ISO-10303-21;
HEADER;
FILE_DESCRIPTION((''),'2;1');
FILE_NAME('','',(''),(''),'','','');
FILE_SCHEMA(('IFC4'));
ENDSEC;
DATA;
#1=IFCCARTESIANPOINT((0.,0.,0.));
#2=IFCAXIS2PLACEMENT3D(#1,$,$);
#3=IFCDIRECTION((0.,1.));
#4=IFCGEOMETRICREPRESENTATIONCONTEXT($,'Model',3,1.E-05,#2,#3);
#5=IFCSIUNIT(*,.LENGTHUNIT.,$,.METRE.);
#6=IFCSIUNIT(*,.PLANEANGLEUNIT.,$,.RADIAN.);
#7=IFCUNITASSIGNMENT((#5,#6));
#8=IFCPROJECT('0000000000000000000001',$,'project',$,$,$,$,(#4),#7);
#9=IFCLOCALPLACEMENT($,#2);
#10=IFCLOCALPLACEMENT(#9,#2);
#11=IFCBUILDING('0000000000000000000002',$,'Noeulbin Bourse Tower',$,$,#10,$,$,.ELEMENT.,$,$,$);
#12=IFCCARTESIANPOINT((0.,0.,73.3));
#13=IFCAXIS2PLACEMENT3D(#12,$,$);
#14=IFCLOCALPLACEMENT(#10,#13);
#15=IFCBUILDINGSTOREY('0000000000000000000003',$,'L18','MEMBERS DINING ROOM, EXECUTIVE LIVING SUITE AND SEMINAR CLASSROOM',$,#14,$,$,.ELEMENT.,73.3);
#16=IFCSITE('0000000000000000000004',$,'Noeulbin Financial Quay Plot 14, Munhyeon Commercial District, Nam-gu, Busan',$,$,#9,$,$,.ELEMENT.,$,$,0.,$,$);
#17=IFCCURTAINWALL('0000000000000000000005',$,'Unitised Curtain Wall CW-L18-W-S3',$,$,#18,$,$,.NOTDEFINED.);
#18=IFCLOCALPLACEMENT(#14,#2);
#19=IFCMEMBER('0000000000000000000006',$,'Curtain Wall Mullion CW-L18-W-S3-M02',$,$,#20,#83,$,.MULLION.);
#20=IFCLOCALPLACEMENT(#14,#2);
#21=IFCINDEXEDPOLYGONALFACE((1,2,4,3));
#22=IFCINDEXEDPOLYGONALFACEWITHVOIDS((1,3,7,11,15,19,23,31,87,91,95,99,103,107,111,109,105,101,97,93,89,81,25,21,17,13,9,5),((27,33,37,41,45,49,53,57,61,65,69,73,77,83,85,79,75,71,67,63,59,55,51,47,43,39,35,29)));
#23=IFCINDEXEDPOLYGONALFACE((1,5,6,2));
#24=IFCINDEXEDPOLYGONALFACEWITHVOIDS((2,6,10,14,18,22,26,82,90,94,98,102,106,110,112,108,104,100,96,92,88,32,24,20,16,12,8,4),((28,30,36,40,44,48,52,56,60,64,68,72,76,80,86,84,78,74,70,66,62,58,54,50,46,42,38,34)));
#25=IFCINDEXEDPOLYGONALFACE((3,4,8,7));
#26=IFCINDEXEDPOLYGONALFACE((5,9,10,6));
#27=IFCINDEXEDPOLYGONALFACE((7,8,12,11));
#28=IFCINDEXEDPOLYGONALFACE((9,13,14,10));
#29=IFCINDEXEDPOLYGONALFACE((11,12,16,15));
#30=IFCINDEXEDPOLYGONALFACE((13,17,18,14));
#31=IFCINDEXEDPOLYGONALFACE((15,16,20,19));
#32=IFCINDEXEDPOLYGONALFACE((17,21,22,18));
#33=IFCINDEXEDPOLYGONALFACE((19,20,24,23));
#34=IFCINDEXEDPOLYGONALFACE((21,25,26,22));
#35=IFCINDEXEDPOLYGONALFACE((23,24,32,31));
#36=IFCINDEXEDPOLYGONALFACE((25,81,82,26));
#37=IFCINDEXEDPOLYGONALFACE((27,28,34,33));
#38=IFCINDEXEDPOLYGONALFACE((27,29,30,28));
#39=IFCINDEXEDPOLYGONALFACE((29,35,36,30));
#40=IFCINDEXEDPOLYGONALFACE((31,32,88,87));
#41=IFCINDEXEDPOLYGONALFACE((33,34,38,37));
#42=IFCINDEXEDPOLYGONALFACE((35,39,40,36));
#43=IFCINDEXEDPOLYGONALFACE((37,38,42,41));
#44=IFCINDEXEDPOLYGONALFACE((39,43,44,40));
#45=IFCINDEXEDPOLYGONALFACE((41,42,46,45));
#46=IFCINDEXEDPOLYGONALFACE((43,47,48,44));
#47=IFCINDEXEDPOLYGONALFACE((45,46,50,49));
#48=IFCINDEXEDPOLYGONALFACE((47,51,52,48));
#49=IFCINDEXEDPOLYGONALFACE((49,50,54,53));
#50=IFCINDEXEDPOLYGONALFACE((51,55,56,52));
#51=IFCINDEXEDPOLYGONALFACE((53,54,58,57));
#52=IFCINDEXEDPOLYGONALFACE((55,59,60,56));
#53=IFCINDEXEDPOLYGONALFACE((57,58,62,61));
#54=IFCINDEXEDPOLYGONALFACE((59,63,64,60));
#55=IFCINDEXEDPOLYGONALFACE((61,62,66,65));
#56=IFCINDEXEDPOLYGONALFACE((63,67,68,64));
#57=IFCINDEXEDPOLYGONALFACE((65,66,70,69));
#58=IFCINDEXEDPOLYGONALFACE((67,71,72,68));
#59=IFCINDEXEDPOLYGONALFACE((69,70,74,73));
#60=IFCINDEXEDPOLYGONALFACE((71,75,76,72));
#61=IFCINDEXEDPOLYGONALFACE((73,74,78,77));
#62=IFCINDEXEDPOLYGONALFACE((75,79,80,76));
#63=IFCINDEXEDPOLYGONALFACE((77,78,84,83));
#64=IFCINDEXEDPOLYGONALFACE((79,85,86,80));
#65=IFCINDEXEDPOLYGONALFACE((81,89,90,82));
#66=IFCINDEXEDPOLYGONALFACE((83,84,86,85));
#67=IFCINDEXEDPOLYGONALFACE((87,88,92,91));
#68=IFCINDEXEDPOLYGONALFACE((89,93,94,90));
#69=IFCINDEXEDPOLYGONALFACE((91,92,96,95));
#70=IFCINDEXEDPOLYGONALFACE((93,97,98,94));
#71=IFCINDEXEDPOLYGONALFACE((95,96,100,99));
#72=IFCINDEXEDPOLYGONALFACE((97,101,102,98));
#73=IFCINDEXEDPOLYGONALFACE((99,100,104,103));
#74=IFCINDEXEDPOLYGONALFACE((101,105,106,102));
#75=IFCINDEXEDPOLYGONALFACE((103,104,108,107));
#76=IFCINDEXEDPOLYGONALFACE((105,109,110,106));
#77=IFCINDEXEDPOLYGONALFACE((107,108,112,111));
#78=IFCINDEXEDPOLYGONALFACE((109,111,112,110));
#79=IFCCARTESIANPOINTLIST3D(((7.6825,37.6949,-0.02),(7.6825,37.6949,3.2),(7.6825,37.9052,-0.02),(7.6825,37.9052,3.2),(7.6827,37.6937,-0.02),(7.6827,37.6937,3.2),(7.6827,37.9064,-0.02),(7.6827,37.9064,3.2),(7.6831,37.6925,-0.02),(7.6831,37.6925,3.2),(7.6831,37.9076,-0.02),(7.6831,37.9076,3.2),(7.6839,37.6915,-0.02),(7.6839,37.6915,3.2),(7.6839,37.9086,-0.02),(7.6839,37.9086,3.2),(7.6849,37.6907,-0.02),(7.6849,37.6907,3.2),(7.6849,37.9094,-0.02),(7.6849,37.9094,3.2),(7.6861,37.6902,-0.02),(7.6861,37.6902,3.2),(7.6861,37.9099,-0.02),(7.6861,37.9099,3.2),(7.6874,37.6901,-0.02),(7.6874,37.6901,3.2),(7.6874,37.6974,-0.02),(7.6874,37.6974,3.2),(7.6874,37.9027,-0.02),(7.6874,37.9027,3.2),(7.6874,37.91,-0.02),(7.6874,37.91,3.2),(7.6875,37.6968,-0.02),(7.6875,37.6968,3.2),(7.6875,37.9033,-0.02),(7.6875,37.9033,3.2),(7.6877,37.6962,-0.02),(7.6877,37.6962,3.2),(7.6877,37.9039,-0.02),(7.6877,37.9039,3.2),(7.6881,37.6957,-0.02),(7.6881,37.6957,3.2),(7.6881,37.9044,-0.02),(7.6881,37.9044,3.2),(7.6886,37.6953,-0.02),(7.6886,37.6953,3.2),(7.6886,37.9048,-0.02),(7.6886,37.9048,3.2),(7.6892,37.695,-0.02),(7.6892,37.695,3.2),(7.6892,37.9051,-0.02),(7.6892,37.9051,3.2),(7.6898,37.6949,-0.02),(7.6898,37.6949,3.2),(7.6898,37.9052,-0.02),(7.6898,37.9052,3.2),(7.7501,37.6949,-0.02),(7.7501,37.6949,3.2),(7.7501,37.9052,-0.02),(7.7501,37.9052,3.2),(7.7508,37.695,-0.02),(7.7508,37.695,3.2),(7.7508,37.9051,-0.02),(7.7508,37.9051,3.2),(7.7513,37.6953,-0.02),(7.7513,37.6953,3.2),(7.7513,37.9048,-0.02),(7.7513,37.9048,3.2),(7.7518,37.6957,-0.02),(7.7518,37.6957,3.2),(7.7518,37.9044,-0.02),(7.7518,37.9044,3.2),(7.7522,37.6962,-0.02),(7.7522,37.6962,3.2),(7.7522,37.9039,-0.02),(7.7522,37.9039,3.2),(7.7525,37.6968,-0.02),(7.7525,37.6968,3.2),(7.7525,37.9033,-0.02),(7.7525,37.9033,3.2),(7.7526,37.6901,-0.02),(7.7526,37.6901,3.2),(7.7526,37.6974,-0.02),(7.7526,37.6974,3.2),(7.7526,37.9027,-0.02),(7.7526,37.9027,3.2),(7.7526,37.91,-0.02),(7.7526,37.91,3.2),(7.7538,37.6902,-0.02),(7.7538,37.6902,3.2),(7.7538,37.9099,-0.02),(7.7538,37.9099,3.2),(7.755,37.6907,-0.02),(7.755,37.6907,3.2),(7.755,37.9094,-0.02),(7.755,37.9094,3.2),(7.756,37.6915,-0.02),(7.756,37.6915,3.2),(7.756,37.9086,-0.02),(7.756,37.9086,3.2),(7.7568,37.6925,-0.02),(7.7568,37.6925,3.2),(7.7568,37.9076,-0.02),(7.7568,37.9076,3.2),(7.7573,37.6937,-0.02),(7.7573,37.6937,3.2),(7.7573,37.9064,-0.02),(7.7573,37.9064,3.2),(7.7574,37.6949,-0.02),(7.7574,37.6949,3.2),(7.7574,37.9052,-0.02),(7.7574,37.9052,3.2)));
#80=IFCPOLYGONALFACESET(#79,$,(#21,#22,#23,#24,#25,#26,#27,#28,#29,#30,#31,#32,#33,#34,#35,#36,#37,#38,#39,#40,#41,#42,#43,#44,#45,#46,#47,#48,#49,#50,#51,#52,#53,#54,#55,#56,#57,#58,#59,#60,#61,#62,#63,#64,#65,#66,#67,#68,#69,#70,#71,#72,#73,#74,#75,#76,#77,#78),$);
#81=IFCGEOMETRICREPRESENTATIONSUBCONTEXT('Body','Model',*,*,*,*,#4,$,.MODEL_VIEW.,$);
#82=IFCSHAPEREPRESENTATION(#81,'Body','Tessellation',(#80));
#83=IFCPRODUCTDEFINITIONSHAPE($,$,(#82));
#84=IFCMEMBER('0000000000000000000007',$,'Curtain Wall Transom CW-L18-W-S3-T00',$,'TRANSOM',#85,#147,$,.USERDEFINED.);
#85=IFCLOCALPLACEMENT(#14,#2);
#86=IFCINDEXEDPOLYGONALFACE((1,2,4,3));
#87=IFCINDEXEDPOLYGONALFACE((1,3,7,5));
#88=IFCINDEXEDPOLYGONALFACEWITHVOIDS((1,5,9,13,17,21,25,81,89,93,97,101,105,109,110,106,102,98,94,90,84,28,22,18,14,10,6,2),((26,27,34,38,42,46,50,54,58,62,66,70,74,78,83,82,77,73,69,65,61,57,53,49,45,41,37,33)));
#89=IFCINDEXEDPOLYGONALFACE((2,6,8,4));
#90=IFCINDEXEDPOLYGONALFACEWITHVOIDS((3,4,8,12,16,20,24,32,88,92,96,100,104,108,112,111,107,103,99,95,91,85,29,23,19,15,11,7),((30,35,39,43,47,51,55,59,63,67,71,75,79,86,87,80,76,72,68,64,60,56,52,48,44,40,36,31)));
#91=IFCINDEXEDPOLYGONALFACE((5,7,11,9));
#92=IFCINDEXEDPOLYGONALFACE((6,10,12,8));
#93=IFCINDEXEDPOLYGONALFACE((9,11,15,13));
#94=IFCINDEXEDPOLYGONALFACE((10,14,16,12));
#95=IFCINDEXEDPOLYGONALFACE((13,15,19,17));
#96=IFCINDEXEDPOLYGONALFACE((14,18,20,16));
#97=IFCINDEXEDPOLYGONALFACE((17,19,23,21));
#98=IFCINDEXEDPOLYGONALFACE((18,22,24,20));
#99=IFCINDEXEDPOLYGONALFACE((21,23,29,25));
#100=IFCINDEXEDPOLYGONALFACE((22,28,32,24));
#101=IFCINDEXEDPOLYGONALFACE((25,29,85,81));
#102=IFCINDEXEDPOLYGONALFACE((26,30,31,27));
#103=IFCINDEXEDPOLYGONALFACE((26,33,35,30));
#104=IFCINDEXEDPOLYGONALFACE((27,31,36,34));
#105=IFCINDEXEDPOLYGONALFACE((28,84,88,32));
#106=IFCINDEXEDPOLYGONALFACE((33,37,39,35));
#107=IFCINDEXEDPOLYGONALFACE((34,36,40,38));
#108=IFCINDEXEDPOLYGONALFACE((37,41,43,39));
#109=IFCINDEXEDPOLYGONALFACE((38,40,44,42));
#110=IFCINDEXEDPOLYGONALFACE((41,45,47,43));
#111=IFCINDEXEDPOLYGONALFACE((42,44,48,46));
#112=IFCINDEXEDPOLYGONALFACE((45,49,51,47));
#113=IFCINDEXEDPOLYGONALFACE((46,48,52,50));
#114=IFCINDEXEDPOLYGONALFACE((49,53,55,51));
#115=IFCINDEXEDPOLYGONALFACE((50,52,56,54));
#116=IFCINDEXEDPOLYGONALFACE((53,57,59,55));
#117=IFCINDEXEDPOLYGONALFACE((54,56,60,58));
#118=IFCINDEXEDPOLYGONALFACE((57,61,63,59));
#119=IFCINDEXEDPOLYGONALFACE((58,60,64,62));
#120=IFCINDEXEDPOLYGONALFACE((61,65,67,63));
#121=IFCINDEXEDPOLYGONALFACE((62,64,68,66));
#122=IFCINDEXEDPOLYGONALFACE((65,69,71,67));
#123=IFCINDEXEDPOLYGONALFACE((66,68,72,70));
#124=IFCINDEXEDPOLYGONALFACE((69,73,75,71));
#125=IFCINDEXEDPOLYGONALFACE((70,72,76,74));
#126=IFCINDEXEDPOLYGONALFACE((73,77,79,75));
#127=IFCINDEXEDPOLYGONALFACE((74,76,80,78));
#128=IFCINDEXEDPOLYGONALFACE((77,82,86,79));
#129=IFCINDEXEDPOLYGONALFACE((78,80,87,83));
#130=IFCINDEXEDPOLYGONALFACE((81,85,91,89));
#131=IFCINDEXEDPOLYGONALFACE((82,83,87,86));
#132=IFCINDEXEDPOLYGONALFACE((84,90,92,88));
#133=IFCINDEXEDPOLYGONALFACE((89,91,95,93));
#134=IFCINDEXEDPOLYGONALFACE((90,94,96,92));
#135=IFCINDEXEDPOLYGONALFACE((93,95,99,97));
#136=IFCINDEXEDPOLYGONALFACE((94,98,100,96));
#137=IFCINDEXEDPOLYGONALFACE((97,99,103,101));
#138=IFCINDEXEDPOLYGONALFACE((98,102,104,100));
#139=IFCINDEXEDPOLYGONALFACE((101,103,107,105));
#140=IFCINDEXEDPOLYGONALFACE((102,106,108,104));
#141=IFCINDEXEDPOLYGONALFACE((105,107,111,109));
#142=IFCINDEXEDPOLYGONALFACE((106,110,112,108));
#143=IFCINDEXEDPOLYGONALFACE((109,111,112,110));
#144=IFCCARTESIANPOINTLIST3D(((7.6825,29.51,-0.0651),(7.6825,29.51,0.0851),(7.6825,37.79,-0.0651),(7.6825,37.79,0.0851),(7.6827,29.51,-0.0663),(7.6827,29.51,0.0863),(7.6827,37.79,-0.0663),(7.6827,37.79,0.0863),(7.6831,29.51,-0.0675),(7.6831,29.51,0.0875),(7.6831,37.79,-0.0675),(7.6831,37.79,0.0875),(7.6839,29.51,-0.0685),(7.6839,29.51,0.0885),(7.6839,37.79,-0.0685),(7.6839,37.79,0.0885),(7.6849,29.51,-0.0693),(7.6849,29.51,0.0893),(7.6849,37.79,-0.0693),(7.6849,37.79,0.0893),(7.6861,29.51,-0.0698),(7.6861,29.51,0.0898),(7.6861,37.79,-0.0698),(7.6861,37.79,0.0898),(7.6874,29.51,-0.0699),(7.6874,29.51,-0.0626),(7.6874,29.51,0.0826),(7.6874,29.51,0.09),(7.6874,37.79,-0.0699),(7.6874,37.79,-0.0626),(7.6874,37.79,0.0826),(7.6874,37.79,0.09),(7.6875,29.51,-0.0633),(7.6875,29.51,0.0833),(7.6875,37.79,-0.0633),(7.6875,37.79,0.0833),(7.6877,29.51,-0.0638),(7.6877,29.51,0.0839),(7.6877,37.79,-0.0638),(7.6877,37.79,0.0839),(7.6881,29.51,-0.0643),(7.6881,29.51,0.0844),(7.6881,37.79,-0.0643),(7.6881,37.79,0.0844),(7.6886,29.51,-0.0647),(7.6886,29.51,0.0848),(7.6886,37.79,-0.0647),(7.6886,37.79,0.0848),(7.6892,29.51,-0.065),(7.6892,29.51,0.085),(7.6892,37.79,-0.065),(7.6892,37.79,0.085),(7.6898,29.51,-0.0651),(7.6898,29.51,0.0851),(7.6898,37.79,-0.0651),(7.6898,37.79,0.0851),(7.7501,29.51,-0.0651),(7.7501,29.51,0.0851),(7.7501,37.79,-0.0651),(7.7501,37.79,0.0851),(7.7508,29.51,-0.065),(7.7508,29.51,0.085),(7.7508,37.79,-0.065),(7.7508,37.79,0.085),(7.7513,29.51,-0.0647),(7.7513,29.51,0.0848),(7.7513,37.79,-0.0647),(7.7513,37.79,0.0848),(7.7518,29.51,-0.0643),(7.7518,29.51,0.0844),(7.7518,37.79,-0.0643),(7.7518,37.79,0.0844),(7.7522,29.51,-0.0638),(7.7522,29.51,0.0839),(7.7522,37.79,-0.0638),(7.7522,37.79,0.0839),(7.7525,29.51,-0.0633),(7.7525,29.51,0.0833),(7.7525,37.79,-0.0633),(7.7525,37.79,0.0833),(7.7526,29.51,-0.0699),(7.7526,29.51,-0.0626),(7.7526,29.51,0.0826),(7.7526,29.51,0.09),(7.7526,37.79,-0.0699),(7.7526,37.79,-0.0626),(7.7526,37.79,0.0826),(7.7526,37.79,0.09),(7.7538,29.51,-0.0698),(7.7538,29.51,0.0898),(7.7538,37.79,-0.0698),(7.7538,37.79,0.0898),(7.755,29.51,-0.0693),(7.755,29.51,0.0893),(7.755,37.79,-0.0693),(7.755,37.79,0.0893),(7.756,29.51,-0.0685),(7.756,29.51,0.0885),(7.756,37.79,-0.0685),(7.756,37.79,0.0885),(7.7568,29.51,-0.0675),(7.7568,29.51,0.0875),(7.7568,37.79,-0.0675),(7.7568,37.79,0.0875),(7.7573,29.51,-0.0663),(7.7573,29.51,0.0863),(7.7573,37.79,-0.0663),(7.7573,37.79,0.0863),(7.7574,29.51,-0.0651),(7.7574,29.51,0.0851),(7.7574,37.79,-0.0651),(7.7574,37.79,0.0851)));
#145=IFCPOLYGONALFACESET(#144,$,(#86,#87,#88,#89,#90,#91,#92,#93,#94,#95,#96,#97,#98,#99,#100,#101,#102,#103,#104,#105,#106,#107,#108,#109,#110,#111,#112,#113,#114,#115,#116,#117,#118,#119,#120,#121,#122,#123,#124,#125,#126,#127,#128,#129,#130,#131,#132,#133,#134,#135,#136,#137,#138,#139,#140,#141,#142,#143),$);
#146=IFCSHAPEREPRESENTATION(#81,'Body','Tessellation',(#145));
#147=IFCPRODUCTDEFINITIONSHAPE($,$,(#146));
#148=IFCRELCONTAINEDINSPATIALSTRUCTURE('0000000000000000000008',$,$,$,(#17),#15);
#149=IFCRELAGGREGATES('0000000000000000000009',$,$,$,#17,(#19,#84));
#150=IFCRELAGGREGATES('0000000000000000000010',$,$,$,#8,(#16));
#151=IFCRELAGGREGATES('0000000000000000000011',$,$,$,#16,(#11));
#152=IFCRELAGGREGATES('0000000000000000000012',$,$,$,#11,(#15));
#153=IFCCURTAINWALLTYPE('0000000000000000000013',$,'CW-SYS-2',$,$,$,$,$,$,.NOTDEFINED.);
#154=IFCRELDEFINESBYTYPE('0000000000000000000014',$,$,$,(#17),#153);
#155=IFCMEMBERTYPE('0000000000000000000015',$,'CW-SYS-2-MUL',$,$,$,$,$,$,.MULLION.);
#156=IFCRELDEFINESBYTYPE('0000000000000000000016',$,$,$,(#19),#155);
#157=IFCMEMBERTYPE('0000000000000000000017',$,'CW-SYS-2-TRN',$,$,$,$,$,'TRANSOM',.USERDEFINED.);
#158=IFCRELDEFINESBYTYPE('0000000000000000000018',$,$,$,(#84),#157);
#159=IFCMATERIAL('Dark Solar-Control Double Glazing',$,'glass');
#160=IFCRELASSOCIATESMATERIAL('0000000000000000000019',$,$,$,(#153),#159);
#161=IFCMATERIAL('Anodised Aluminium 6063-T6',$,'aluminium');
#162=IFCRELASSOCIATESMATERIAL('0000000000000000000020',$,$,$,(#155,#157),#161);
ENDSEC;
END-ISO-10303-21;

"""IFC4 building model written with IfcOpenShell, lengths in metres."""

from ifc_helpers import new_model, si_unit, direction, frame, origin, origin_2d, place, context, subcontext, project, spatial, hollow_rectangle, extrude, material, material_profile, profile_set, type_object, element, aggregate, save


model = new_model("IFC4")

# Units and contexts
model_context = context("Model", 3, precision=1e-05, world=origin(), true_north=direction((0.0, 1.0)))
body_context = subcontext(model_context, "Body", "Model", "MODEL_VIEW")
ifc_project = project(units=[si_unit("LENGTHUNIT", "METRE"), si_unit("PLANEANGLEUNIT", "RADIAN")], contexts=[model_context])

# Site, building, storey
site_placement = place(None, origin())
site = spatial("IfcSite", under=ifc_project, at=site_placement, Name="Noeulbin Financial Quay Plot 14, Munhyeon Commercial District, Nam-gu, Busan", CompositionType="ELEMENT", RefElevation=0.0)
building_placement = place(site_placement, origin())
building = spatial("IfcBuilding", under=site, at=building_placement, Name="Noeulbin Bourse Tower", CompositionType="ELEMENT")
storey_placement = place(building_placement, frame((0.0, 0.0, 73.3)))
storey = spatial("IfcBuildingStorey", under=building, at=storey_placement, Name="L18", Description="MEMBERS DINING ROOM, EXECUTIVE LIVING SUITE AND SEMINAR CLASSROOM", CompositionType="ELEMENT", Elevation=73.3)

# Curtain wall, members
ifc_material_1 = material(Name="Dark Solar-Control Double Glazing", Category="glass")
curtain_wall_type = type_object("IfcCurtainWallType", Name="CW-SYS-2", PredefinedType="NOTDEFINED", material=ifc_material_1)
curtain_wall_placement = place(storey_placement, origin())
curtain_wall = element("IfcCurtainWall", 1, at=curtain_wall_placement, inside=storey, type_object=curtain_wall_type, Name="Unitised Curtain Wall CW-L18-W-S3", PredefinedType="NOTDEFINED")
ifc_material_2 = material(Name="Anodised Aluminium 6063-T6", Category="aluminium")
ifc_material_profile_1 = material_profile(ifc_material_2, hollow_rectangle(XDim=0.075, YDim=0.22, WallThickness=0.0049, InnerFilletRadius=0.0024, OuterFilletRadius=0.0049, at=origin_2d()), Name="ALU-MULL-75x220x5", Category="LoadBearing")
ifc_profile_set_1 = profile_set([ifc_material_profile_1], Name="Anodised Aluminium 6063-T6")
member_type_1 = type_object("IfcMemberType", Name="CW-SYS-2-MUL", PredefinedType="MULLION", material=ifc_profile_set_1)
member_1_placement = place(storey_placement, frame((7.72, 37.8, -0.02), z_axis=(0.0, 0.0, 1.0), x_axis=(1.0, 0.0, 0.0)))
member_1 = element("IfcMember", 2, at=member_1_placement, type_object=member_type_1, Name="Curtain Wall Mullion CW-L18-W-S3-M02", PredefinedType="MULLION", context=body_context, shape_type="SweptSolid", body=[
    extrude(hollow_rectangle(XDim=0.075, YDim=0.22, WallThickness=0.0049, InnerFilletRadius=0.0024, OuterFilletRadius=0.0049, at=origin_2d()), origin(), (0.0, 0.0, 1.0), 3.22),
])
ifc_material_profile_2 = material_profile(ifc_material_2, hollow_rectangle(XDim=0.075, YDim=0.1599, WallThickness=0.0049, InnerFilletRadius=0.0024, OuterFilletRadius=0.0049, at=origin_2d()), Name="ALU-TRAN-75x160x5", Category="LoadBearing")
ifc_profile_set_2 = profile_set([ifc_material_profile_2], Name="Anodised Aluminium 6063-T6")
member_type_2 = type_object("IfcMemberType", Name="CW-SYS-2-TRN", ElementType="TRANSOM", PredefinedType="USERDEFINED", material=ifc_profile_set_2)
member_2_placement = place(storey_placement, frame((7.72, 29.51, 0.01), z_axis=(0.0, 1.0, 0.0), x_axis=(-1.0, 0.0, 0.0)))
member_2 = element("IfcMember", 3, at=member_2_placement, type_object=member_type_2, Name="Curtain Wall Transom CW-L18-W-S3-T00", ObjectType="TRANSOM", PredefinedType="USERDEFINED", context=body_context, shape_type="SweptSolid", body=[
    extrude(hollow_rectangle(XDim=0.075, YDim=0.1599, WallThickness=0.0049, InnerFilletRadius=0.0024, OuterFilletRadius=0.0049, at=origin_2d()), origin(), (0.0, 0.0, 1.0), 8.28),
])
aggregate(curtain_wall, [member_1, member_2])

save(model, "model.ifc")
